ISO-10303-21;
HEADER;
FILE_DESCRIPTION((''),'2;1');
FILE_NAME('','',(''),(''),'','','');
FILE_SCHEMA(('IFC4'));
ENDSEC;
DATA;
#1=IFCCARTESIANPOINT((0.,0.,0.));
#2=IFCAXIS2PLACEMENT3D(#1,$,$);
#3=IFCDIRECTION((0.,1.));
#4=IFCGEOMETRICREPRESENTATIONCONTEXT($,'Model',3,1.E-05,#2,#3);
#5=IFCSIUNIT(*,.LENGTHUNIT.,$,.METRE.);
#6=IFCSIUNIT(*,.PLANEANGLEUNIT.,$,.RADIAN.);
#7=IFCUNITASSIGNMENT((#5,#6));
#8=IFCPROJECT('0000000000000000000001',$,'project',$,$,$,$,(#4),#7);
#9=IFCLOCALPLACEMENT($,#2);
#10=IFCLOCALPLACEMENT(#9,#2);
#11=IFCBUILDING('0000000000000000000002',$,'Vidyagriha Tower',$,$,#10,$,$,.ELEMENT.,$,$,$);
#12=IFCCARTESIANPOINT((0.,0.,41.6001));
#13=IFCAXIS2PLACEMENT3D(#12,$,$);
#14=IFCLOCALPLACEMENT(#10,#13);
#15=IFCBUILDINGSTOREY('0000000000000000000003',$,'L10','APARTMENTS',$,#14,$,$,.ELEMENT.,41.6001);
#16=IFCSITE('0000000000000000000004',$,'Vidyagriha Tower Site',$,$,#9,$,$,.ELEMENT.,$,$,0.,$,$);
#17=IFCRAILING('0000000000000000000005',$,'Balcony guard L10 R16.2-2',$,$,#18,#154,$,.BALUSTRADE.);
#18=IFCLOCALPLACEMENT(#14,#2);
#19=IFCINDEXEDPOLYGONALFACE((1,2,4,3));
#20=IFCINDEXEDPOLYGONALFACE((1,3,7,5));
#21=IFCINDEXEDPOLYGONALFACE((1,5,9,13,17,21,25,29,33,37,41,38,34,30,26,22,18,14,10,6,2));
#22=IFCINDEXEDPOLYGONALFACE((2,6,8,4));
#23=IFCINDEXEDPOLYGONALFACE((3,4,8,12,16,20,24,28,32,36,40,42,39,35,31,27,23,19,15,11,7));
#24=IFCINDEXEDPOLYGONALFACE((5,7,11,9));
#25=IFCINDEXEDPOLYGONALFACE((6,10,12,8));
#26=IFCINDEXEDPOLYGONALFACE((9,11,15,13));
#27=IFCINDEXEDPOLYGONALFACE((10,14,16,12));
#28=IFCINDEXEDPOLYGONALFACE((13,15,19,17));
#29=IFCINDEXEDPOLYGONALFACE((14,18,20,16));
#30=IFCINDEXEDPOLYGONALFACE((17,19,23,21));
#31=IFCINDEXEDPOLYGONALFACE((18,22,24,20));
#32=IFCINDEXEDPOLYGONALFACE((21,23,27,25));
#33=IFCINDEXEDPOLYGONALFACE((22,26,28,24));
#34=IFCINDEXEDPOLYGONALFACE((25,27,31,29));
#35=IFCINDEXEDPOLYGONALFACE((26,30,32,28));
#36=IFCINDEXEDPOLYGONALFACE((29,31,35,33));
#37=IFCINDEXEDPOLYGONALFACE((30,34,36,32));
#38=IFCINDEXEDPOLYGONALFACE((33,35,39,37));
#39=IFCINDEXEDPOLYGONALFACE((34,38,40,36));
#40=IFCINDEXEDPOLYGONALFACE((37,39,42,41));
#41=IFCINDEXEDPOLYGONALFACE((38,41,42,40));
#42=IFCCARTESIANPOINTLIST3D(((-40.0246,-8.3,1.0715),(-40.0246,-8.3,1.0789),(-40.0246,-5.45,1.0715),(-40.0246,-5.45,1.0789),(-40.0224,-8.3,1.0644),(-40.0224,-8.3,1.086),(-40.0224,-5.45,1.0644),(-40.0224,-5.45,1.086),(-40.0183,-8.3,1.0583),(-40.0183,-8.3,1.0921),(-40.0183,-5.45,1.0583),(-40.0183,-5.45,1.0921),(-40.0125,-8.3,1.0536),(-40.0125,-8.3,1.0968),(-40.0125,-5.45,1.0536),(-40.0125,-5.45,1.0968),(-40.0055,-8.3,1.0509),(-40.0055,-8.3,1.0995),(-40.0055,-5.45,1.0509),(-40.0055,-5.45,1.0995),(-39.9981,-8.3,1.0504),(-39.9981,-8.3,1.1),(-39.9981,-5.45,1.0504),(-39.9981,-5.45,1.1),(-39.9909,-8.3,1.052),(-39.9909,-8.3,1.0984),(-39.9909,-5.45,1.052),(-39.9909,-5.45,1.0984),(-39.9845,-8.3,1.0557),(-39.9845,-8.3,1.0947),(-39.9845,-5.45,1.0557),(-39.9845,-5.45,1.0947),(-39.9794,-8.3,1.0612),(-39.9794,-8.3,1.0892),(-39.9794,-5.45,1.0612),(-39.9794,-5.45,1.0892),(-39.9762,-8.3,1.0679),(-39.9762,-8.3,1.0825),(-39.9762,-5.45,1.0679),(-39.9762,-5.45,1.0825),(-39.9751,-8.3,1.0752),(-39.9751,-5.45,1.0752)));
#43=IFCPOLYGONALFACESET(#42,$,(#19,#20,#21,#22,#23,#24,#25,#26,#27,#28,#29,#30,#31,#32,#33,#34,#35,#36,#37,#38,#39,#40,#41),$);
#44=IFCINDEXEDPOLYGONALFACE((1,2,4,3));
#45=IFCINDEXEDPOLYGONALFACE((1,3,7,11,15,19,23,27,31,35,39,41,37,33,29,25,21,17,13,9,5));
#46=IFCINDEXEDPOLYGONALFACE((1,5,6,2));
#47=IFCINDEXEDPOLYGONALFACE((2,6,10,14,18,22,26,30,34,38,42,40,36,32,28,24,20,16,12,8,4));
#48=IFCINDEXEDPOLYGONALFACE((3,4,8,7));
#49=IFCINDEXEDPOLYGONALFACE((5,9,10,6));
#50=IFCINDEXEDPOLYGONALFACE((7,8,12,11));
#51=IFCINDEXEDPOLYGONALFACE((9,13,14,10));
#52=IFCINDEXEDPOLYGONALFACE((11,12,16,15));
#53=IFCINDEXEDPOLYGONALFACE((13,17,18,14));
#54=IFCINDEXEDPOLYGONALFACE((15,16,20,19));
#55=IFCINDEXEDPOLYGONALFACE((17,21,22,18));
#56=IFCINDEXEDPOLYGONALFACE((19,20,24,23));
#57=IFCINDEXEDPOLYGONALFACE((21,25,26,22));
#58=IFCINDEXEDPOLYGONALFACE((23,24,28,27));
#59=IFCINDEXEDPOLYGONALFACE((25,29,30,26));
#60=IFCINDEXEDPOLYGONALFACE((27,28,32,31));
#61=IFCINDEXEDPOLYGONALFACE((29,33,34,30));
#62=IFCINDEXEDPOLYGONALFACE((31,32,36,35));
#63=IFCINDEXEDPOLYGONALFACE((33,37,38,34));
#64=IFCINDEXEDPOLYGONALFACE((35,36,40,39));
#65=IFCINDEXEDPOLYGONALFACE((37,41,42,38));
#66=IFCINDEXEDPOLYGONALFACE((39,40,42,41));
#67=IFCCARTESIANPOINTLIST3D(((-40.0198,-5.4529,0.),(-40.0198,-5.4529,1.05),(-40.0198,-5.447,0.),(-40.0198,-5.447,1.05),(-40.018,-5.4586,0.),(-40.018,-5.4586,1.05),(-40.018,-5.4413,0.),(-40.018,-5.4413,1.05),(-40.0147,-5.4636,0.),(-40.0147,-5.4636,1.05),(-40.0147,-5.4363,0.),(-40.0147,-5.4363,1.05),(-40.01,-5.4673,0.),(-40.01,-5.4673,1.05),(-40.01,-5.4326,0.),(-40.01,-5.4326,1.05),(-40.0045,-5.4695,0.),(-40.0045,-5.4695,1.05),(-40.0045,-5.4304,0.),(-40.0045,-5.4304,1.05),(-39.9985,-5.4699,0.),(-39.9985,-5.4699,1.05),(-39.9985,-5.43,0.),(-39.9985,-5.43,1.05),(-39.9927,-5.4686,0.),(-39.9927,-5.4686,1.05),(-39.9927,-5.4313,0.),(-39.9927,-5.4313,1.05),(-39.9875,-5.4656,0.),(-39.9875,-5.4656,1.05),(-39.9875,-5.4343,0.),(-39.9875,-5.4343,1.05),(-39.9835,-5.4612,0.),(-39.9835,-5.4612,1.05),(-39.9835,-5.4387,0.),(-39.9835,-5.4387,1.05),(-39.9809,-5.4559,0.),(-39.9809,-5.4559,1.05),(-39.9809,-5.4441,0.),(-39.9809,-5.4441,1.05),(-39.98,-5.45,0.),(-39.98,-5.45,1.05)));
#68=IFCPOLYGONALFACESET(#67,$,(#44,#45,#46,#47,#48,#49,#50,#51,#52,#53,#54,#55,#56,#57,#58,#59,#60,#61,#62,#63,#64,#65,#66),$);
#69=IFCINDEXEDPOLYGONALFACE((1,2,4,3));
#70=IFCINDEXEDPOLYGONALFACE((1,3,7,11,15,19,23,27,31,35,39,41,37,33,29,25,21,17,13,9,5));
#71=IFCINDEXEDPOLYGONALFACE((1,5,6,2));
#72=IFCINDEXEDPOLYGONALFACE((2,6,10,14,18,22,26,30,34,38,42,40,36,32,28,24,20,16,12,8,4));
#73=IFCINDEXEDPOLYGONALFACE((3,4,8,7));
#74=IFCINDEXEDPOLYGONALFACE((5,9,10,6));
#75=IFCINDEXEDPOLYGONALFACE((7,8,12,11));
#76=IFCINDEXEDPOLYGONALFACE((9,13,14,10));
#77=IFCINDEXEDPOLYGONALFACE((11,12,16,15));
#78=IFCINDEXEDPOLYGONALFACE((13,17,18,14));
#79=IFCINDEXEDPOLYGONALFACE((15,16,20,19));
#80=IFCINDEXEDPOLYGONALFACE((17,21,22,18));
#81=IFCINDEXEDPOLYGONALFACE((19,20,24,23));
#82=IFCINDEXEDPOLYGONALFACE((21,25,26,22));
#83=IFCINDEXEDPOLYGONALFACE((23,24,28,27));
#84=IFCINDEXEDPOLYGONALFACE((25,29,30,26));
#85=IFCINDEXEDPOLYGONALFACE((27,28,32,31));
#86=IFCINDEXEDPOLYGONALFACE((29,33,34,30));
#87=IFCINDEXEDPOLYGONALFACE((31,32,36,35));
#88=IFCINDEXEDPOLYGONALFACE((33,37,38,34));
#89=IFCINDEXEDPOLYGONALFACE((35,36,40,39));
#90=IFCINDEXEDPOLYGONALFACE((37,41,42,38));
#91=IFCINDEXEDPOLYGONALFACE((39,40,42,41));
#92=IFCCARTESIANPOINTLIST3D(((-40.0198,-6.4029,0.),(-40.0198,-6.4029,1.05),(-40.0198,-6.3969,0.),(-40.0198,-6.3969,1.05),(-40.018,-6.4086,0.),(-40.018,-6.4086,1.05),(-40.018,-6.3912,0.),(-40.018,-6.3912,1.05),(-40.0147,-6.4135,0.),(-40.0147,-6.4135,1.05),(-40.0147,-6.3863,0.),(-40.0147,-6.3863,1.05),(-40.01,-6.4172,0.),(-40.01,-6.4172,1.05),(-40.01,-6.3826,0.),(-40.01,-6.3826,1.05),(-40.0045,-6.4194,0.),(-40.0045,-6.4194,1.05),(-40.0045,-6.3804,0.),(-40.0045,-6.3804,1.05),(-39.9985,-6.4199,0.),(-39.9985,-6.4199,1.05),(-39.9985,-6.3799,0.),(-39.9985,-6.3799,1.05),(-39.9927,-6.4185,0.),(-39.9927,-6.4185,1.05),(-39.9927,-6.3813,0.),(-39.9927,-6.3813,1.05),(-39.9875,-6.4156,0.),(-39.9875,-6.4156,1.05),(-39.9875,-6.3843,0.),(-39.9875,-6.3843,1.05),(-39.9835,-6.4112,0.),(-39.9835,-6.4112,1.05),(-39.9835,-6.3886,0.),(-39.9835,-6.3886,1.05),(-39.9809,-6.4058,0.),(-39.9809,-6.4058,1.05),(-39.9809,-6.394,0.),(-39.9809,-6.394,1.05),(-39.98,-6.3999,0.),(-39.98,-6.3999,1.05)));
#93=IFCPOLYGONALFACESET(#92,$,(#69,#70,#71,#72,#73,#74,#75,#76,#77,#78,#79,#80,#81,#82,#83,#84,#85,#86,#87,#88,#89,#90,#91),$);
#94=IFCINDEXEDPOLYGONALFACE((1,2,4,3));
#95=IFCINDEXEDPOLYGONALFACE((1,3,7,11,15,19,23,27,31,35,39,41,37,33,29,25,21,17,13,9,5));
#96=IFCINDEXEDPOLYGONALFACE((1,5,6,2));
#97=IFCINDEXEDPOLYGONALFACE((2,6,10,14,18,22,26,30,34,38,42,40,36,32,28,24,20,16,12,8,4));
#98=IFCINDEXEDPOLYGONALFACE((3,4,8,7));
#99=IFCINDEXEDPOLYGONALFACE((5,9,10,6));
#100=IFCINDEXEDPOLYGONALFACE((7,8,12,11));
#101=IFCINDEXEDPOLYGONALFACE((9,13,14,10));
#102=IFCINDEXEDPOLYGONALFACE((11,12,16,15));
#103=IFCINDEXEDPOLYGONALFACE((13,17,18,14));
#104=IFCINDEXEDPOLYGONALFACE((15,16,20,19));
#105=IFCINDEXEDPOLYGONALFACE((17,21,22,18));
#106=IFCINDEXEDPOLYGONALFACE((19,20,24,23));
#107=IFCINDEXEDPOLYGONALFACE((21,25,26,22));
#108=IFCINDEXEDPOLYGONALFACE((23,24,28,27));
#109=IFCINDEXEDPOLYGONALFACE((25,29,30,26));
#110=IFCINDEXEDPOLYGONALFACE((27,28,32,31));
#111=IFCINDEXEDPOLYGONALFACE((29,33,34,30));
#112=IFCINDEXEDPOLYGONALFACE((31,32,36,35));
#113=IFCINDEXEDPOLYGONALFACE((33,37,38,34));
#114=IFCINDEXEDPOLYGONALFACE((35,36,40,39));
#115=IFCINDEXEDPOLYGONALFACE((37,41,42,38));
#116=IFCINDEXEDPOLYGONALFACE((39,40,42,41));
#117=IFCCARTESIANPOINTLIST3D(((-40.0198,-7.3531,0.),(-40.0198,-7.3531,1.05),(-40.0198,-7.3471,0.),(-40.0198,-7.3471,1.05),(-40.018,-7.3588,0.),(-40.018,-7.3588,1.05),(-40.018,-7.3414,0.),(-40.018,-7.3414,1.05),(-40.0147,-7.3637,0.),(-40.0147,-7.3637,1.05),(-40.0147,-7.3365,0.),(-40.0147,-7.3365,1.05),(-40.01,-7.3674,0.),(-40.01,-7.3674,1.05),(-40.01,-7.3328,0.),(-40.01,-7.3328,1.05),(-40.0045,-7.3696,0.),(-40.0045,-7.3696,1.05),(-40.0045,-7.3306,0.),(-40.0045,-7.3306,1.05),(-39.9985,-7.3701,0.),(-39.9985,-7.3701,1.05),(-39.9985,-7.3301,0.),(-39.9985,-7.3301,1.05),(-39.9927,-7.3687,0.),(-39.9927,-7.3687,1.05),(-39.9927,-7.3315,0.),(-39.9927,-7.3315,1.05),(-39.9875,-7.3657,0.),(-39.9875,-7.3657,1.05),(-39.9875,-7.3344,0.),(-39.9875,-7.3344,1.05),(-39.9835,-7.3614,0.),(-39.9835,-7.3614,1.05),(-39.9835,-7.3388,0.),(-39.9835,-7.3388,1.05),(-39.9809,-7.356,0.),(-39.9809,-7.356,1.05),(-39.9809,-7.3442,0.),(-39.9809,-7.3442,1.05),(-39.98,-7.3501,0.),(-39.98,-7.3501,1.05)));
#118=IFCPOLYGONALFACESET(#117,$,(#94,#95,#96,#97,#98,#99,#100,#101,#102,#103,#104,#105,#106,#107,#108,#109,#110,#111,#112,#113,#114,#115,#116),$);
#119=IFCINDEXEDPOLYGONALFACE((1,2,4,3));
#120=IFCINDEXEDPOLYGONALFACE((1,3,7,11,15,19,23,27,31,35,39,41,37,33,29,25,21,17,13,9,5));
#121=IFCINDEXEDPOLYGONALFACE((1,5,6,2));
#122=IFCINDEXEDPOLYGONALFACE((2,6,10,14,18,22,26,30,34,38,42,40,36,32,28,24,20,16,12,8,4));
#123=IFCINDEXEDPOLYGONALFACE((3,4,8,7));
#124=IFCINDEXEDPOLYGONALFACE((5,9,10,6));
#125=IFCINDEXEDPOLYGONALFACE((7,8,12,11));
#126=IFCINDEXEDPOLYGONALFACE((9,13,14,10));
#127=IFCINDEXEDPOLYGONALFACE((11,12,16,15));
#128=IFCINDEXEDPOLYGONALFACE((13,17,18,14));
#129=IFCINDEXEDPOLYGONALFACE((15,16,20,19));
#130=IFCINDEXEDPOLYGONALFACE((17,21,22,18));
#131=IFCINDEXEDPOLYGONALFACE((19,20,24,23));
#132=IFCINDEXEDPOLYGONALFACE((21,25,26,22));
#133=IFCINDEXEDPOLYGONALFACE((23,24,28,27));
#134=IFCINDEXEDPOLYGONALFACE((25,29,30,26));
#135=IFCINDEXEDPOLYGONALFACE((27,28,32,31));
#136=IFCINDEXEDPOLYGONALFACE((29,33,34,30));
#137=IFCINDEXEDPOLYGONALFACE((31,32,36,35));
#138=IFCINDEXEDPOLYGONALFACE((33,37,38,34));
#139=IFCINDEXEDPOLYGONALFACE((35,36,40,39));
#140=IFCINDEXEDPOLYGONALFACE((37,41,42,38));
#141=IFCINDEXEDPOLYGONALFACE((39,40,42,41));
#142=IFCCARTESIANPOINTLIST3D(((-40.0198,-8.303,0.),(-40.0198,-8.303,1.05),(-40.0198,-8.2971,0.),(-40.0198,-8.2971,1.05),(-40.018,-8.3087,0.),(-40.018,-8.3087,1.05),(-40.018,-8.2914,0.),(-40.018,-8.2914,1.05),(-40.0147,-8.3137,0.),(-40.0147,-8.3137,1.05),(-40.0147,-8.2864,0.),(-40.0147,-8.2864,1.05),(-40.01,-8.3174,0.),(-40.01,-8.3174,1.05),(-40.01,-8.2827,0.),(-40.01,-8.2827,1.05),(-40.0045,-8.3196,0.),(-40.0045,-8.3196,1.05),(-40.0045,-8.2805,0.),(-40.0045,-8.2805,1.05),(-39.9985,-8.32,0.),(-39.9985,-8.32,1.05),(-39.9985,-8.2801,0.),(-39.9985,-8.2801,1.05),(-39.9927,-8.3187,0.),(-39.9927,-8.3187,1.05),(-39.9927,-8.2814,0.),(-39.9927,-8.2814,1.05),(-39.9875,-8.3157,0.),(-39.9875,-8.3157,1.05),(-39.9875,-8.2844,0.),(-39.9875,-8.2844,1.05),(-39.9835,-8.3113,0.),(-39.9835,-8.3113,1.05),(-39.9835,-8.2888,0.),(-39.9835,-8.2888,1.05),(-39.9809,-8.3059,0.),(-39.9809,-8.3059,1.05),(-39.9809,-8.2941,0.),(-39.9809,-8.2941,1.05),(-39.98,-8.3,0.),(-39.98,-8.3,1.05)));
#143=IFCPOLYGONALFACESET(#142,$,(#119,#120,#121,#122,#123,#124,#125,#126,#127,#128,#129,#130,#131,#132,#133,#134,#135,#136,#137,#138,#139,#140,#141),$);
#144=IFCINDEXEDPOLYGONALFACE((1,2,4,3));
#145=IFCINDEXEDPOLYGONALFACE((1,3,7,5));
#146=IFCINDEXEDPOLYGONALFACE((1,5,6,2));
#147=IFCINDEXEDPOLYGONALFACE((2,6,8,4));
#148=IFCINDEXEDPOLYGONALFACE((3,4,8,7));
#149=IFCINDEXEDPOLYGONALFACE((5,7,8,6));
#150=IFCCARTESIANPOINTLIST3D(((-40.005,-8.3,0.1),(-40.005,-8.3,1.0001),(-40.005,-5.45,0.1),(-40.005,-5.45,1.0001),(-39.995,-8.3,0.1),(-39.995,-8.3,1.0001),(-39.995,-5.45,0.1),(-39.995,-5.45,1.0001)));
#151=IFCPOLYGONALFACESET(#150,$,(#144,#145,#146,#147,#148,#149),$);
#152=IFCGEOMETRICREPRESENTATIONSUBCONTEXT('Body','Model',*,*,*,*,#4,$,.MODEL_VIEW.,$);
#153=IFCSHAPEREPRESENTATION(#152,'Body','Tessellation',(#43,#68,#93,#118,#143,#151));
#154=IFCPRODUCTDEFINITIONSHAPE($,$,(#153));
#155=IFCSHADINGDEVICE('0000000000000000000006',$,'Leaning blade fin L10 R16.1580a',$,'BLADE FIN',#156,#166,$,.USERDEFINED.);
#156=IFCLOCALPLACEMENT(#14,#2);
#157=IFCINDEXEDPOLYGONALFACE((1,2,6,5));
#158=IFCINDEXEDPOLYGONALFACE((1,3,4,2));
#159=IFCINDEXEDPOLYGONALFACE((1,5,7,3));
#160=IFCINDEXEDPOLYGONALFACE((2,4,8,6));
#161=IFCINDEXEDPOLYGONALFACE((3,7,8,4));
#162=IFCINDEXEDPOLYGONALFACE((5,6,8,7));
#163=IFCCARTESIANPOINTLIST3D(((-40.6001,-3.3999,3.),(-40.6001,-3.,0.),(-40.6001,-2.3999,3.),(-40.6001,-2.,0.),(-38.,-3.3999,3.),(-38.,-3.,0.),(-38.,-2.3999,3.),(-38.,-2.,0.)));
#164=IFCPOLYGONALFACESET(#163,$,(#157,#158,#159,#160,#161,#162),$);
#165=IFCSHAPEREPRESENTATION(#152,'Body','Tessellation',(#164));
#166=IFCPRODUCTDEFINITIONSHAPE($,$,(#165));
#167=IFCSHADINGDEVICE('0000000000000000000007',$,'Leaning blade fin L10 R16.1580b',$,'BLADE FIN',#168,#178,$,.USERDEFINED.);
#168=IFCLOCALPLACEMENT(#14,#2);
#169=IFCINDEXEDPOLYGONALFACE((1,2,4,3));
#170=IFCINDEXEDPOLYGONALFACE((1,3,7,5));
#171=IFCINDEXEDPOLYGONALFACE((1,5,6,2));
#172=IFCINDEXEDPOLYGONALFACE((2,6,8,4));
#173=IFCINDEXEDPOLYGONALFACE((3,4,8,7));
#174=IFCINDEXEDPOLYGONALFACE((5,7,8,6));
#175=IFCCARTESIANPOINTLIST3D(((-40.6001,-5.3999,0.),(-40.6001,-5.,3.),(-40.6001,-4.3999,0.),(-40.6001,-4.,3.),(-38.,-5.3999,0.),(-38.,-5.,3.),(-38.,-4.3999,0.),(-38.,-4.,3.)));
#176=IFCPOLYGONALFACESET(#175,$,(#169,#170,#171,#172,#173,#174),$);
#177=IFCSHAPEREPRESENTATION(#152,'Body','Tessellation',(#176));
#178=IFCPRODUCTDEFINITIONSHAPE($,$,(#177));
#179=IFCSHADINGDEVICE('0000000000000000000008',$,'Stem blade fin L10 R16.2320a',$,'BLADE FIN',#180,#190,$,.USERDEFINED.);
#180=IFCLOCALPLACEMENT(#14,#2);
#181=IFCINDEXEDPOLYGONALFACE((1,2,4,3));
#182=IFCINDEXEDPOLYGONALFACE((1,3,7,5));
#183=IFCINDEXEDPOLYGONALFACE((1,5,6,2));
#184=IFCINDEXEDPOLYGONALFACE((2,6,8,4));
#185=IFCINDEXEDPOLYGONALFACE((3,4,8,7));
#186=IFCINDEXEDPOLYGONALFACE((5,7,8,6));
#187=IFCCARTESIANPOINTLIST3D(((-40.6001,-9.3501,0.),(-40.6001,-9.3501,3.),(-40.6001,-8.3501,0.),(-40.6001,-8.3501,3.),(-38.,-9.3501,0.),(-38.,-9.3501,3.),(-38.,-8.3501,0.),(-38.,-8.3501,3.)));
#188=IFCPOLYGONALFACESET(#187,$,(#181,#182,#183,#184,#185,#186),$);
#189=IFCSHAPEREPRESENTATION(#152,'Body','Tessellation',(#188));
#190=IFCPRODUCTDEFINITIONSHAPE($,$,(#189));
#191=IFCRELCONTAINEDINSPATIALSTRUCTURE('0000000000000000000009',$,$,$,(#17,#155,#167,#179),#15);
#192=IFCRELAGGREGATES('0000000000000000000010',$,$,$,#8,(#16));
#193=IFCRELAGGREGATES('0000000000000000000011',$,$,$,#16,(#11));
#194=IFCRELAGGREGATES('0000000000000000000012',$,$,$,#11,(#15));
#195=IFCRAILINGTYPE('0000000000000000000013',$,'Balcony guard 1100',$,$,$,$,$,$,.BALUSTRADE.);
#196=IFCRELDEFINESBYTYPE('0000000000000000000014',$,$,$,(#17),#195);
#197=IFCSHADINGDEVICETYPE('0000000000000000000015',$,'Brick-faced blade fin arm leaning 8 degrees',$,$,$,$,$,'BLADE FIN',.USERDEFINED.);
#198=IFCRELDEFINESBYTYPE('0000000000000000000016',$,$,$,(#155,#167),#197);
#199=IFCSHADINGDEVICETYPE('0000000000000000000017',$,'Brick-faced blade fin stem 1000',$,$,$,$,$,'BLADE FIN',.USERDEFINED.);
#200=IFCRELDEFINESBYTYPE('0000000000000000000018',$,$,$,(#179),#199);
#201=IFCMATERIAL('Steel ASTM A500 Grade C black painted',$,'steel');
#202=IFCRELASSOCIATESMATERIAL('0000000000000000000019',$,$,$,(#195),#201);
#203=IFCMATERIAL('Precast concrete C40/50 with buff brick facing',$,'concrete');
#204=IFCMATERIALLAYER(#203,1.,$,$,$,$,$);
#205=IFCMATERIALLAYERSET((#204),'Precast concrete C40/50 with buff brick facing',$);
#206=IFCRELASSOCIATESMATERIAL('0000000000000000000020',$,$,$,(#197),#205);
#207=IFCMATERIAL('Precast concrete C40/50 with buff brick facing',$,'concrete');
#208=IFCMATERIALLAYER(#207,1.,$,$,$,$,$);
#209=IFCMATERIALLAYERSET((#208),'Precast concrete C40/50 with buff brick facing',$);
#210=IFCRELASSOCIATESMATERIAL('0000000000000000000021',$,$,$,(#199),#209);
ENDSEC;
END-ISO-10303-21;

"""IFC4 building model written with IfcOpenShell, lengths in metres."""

from ifc_helpers import new_model, si_unit, direction, frame, origin, origin_2d, place, context, subcontext, project, spatial, polyline, rectangle, circle, outline, extrude, material, layer, layer_set, type_object, element, save


model = new_model("IFC4")

# Units and contexts
model_context = context("Model", 3, precision=1e-05, world=origin(), true_north=direction((0.0, 1.0)))
body_context = subcontext(model_context, "Body", "Model", "MODEL_VIEW")
ifc_project = project(units=[si_unit("LENGTHUNIT", "METRE"), si_unit("PLANEANGLEUNIT", "RADIAN")], contexts=[model_context])

# Site, building, storey
site_placement = place(None, origin())
site = spatial("IfcSite", under=ifc_project, at=site_placement, Name="Vidyagriha Tower Site", CompositionType="ELEMENT", RefElevation=0.0)
building_placement = place(site_placement, origin())
building = spatial("IfcBuilding", under=site, at=building_placement, Name="Vidyagriha Tower", CompositionType="ELEMENT")
storey_placement = place(building_placement, frame((0.0, 0.0, 41.6001)))
storey = spatial("IfcBuildingStorey", under=building, at=storey_placement, Name="L10", Description="APARTMENTS", CompositionType="ELEMENT", Elevation=41.6001)

# Railing
ifc_material_1 = material(Name="Steel ASTM A500 Grade C black painted", Category="steel")
railing_type_1 = type_object("IfcRailingType", Name="Balcony guard 1100", PredefinedType="BALUSTRADE", material=ifc_material_1)
railing_1_placement = place(storey_placement, frame((-40.0, -5.45, 0.0)))
element("IfcRailing", 1, at=railing_1_placement, inside=storey, type_object=railing_type_1, Name="Balcony guard L10 R16.2-2", PredefinedType="BALUSTRADE", context=body_context, shape_type="SweptSolid", body=[
    extrude(circle(Radius=0.0249, at=origin_2d()), frame((0.0, 0.0, 1.0752), z_axis=(0.0, -1.0, 0.0), x_axis=(1.0, 0.0, 0.0)), (0.0, 0.0, 1.0), 2.8501),
    extrude(circle(Radius=0.02, at=origin_2d()), origin(), (0.0, 0.0, 1.0), 1.05),
    extrude(circle(Radius=0.02, at=origin_2d()), frame((0.0, -0.95, 0.0)), (0.0, 0.0, 1.0), 1.05),
    extrude(circle(Radius=0.02, at=origin_2d()), frame((0.0, -1.9001, 0.0)), (0.0, 0.0, 1.0), 1.05),
    extrude(circle(Radius=0.02, at=origin_2d()), frame((0.0, -2.8501, 0.0)), (0.0, 0.0, 1.0), 1.05),
    extrude(rectangle(XDim=0.01, YDim=0.9001, at=origin_2d()), frame((0.0, 0.0, 0.55), z_axis=(0.0, -1.0, 0.0), x_axis=(1.0, 0.0, 0.0)), (0.0, 0.0, 1.0), 2.8501),
])

# Shading devices
ifc_material_2 = material(Name="Precast concrete C40/50 with buff brick facing", Category="concrete")
ifc_layer_1 = layer(ifc_material_2, 1.0)
ifc_layer_set_1 = layer_set([ifc_layer_1], Name="Precast concrete C40/50 with buff brick facing")
shading_device_type_1 = type_object("IfcShadingDeviceType", Name="Brick-faced blade fin arm leaning 8 degrees", ElementType="BLADE FIN", PredefinedType="USERDEFINED", material=ifc_layer_set_1)
shading_device_1_placement = place(storey_placement, frame((-39.3, -2.0, 0.0), z_axis=(0.0, 0.0, 1.0), x_axis=(0.0, -1.0, 0.0)))
element("IfcShadingDevice", 2, at=shading_device_1_placement, inside=storey, type_object=shading_device_type_1, Name="Leaning blade fin L10 R16.1580a", ObjectType="BLADE FIN", PredefinedType="USERDEFINED", context=body_context, shape_type="SweptSolid", body=[
    extrude(outline(polyline([(0.0, 0.0), (1.0, 0.0), (1.3999, 3.0), (0.3999, 3.0), (0.0, 0.0)])), frame((0.0, 1.3, 0.0), z_axis=(0.0, -1.0, 0.0), x_axis=(1.0, 0.0, 0.0)), (0.0, 0.0, 1.0), 2.6001),
])
shading_device_2_placement = place(storey_placement, frame((-39.3, -4.0, 0.0), z_axis=(0.0, 0.0, 1.0), x_axis=(0.0, -1.0, 0.0)))
element("IfcShadingDevice", 3, at=shading_device_2_placement, inside=storey, type_object=shading_device_type_1, Name="Leaning blade fin L10 R16.1580b", ObjectType="BLADE FIN", PredefinedType="USERDEFINED", context=body_context, shape_type="SweptSolid", body=[
    extrude(outline(polyline([(0.3999, 0.0), (1.3999, 0.0), (1.0, 3.0), (0.0, 3.0), (0.3999, 0.0)])), frame((0.0, 1.3, 0.0), z_axis=(0.0, -1.0, 0.0), x_axis=(1.0, 0.0, 0.0)), (0.0, 0.0, 1.0), 2.6001),
])
ifc_material_3 = material(Name="Precast concrete C40/50 with buff brick facing", Category="concrete")
ifc_layer_2 = layer(ifc_material_3, 1.0)
ifc_layer_set_2 = layer_set([ifc_layer_2], Name="Precast concrete C40/50 with buff brick facing")
shading_device_type_2 = type_object("IfcShadingDeviceType", Name="Brick-faced blade fin stem 1000", ElementType="BLADE FIN", PredefinedType="USERDEFINED", material=ifc_layer_set_2)
shading_device_3_placement = place(storey_placement, frame((-39.3, -8.3501, 0.0), z_axis=(0.0, 0.0, 1.0), x_axis=(0.0, -1.0, 0.0)))
element("IfcShadingDevice", 4, at=shading_device_3_placement, inside=storey, type_object=shading_device_type_2, Name="Stem blade fin L10 R16.2320a", ObjectType="BLADE FIN", PredefinedType="USERDEFINED", context=body_context, shape_type="SweptSolid", body=[
    extrude(outline(polyline([(0.0, 0.0), (1.0, 0.0), (1.0, 3.0), (0.0, 3.0), (0.0, 0.0)])), frame((0.0, 1.3, 0.0), z_axis=(0.0, -1.0, 0.0), x_axis=(1.0, 0.0, 0.0)), (0.0, 0.0, 1.0), 2.6001),
])

save(model, "model.ifc")
